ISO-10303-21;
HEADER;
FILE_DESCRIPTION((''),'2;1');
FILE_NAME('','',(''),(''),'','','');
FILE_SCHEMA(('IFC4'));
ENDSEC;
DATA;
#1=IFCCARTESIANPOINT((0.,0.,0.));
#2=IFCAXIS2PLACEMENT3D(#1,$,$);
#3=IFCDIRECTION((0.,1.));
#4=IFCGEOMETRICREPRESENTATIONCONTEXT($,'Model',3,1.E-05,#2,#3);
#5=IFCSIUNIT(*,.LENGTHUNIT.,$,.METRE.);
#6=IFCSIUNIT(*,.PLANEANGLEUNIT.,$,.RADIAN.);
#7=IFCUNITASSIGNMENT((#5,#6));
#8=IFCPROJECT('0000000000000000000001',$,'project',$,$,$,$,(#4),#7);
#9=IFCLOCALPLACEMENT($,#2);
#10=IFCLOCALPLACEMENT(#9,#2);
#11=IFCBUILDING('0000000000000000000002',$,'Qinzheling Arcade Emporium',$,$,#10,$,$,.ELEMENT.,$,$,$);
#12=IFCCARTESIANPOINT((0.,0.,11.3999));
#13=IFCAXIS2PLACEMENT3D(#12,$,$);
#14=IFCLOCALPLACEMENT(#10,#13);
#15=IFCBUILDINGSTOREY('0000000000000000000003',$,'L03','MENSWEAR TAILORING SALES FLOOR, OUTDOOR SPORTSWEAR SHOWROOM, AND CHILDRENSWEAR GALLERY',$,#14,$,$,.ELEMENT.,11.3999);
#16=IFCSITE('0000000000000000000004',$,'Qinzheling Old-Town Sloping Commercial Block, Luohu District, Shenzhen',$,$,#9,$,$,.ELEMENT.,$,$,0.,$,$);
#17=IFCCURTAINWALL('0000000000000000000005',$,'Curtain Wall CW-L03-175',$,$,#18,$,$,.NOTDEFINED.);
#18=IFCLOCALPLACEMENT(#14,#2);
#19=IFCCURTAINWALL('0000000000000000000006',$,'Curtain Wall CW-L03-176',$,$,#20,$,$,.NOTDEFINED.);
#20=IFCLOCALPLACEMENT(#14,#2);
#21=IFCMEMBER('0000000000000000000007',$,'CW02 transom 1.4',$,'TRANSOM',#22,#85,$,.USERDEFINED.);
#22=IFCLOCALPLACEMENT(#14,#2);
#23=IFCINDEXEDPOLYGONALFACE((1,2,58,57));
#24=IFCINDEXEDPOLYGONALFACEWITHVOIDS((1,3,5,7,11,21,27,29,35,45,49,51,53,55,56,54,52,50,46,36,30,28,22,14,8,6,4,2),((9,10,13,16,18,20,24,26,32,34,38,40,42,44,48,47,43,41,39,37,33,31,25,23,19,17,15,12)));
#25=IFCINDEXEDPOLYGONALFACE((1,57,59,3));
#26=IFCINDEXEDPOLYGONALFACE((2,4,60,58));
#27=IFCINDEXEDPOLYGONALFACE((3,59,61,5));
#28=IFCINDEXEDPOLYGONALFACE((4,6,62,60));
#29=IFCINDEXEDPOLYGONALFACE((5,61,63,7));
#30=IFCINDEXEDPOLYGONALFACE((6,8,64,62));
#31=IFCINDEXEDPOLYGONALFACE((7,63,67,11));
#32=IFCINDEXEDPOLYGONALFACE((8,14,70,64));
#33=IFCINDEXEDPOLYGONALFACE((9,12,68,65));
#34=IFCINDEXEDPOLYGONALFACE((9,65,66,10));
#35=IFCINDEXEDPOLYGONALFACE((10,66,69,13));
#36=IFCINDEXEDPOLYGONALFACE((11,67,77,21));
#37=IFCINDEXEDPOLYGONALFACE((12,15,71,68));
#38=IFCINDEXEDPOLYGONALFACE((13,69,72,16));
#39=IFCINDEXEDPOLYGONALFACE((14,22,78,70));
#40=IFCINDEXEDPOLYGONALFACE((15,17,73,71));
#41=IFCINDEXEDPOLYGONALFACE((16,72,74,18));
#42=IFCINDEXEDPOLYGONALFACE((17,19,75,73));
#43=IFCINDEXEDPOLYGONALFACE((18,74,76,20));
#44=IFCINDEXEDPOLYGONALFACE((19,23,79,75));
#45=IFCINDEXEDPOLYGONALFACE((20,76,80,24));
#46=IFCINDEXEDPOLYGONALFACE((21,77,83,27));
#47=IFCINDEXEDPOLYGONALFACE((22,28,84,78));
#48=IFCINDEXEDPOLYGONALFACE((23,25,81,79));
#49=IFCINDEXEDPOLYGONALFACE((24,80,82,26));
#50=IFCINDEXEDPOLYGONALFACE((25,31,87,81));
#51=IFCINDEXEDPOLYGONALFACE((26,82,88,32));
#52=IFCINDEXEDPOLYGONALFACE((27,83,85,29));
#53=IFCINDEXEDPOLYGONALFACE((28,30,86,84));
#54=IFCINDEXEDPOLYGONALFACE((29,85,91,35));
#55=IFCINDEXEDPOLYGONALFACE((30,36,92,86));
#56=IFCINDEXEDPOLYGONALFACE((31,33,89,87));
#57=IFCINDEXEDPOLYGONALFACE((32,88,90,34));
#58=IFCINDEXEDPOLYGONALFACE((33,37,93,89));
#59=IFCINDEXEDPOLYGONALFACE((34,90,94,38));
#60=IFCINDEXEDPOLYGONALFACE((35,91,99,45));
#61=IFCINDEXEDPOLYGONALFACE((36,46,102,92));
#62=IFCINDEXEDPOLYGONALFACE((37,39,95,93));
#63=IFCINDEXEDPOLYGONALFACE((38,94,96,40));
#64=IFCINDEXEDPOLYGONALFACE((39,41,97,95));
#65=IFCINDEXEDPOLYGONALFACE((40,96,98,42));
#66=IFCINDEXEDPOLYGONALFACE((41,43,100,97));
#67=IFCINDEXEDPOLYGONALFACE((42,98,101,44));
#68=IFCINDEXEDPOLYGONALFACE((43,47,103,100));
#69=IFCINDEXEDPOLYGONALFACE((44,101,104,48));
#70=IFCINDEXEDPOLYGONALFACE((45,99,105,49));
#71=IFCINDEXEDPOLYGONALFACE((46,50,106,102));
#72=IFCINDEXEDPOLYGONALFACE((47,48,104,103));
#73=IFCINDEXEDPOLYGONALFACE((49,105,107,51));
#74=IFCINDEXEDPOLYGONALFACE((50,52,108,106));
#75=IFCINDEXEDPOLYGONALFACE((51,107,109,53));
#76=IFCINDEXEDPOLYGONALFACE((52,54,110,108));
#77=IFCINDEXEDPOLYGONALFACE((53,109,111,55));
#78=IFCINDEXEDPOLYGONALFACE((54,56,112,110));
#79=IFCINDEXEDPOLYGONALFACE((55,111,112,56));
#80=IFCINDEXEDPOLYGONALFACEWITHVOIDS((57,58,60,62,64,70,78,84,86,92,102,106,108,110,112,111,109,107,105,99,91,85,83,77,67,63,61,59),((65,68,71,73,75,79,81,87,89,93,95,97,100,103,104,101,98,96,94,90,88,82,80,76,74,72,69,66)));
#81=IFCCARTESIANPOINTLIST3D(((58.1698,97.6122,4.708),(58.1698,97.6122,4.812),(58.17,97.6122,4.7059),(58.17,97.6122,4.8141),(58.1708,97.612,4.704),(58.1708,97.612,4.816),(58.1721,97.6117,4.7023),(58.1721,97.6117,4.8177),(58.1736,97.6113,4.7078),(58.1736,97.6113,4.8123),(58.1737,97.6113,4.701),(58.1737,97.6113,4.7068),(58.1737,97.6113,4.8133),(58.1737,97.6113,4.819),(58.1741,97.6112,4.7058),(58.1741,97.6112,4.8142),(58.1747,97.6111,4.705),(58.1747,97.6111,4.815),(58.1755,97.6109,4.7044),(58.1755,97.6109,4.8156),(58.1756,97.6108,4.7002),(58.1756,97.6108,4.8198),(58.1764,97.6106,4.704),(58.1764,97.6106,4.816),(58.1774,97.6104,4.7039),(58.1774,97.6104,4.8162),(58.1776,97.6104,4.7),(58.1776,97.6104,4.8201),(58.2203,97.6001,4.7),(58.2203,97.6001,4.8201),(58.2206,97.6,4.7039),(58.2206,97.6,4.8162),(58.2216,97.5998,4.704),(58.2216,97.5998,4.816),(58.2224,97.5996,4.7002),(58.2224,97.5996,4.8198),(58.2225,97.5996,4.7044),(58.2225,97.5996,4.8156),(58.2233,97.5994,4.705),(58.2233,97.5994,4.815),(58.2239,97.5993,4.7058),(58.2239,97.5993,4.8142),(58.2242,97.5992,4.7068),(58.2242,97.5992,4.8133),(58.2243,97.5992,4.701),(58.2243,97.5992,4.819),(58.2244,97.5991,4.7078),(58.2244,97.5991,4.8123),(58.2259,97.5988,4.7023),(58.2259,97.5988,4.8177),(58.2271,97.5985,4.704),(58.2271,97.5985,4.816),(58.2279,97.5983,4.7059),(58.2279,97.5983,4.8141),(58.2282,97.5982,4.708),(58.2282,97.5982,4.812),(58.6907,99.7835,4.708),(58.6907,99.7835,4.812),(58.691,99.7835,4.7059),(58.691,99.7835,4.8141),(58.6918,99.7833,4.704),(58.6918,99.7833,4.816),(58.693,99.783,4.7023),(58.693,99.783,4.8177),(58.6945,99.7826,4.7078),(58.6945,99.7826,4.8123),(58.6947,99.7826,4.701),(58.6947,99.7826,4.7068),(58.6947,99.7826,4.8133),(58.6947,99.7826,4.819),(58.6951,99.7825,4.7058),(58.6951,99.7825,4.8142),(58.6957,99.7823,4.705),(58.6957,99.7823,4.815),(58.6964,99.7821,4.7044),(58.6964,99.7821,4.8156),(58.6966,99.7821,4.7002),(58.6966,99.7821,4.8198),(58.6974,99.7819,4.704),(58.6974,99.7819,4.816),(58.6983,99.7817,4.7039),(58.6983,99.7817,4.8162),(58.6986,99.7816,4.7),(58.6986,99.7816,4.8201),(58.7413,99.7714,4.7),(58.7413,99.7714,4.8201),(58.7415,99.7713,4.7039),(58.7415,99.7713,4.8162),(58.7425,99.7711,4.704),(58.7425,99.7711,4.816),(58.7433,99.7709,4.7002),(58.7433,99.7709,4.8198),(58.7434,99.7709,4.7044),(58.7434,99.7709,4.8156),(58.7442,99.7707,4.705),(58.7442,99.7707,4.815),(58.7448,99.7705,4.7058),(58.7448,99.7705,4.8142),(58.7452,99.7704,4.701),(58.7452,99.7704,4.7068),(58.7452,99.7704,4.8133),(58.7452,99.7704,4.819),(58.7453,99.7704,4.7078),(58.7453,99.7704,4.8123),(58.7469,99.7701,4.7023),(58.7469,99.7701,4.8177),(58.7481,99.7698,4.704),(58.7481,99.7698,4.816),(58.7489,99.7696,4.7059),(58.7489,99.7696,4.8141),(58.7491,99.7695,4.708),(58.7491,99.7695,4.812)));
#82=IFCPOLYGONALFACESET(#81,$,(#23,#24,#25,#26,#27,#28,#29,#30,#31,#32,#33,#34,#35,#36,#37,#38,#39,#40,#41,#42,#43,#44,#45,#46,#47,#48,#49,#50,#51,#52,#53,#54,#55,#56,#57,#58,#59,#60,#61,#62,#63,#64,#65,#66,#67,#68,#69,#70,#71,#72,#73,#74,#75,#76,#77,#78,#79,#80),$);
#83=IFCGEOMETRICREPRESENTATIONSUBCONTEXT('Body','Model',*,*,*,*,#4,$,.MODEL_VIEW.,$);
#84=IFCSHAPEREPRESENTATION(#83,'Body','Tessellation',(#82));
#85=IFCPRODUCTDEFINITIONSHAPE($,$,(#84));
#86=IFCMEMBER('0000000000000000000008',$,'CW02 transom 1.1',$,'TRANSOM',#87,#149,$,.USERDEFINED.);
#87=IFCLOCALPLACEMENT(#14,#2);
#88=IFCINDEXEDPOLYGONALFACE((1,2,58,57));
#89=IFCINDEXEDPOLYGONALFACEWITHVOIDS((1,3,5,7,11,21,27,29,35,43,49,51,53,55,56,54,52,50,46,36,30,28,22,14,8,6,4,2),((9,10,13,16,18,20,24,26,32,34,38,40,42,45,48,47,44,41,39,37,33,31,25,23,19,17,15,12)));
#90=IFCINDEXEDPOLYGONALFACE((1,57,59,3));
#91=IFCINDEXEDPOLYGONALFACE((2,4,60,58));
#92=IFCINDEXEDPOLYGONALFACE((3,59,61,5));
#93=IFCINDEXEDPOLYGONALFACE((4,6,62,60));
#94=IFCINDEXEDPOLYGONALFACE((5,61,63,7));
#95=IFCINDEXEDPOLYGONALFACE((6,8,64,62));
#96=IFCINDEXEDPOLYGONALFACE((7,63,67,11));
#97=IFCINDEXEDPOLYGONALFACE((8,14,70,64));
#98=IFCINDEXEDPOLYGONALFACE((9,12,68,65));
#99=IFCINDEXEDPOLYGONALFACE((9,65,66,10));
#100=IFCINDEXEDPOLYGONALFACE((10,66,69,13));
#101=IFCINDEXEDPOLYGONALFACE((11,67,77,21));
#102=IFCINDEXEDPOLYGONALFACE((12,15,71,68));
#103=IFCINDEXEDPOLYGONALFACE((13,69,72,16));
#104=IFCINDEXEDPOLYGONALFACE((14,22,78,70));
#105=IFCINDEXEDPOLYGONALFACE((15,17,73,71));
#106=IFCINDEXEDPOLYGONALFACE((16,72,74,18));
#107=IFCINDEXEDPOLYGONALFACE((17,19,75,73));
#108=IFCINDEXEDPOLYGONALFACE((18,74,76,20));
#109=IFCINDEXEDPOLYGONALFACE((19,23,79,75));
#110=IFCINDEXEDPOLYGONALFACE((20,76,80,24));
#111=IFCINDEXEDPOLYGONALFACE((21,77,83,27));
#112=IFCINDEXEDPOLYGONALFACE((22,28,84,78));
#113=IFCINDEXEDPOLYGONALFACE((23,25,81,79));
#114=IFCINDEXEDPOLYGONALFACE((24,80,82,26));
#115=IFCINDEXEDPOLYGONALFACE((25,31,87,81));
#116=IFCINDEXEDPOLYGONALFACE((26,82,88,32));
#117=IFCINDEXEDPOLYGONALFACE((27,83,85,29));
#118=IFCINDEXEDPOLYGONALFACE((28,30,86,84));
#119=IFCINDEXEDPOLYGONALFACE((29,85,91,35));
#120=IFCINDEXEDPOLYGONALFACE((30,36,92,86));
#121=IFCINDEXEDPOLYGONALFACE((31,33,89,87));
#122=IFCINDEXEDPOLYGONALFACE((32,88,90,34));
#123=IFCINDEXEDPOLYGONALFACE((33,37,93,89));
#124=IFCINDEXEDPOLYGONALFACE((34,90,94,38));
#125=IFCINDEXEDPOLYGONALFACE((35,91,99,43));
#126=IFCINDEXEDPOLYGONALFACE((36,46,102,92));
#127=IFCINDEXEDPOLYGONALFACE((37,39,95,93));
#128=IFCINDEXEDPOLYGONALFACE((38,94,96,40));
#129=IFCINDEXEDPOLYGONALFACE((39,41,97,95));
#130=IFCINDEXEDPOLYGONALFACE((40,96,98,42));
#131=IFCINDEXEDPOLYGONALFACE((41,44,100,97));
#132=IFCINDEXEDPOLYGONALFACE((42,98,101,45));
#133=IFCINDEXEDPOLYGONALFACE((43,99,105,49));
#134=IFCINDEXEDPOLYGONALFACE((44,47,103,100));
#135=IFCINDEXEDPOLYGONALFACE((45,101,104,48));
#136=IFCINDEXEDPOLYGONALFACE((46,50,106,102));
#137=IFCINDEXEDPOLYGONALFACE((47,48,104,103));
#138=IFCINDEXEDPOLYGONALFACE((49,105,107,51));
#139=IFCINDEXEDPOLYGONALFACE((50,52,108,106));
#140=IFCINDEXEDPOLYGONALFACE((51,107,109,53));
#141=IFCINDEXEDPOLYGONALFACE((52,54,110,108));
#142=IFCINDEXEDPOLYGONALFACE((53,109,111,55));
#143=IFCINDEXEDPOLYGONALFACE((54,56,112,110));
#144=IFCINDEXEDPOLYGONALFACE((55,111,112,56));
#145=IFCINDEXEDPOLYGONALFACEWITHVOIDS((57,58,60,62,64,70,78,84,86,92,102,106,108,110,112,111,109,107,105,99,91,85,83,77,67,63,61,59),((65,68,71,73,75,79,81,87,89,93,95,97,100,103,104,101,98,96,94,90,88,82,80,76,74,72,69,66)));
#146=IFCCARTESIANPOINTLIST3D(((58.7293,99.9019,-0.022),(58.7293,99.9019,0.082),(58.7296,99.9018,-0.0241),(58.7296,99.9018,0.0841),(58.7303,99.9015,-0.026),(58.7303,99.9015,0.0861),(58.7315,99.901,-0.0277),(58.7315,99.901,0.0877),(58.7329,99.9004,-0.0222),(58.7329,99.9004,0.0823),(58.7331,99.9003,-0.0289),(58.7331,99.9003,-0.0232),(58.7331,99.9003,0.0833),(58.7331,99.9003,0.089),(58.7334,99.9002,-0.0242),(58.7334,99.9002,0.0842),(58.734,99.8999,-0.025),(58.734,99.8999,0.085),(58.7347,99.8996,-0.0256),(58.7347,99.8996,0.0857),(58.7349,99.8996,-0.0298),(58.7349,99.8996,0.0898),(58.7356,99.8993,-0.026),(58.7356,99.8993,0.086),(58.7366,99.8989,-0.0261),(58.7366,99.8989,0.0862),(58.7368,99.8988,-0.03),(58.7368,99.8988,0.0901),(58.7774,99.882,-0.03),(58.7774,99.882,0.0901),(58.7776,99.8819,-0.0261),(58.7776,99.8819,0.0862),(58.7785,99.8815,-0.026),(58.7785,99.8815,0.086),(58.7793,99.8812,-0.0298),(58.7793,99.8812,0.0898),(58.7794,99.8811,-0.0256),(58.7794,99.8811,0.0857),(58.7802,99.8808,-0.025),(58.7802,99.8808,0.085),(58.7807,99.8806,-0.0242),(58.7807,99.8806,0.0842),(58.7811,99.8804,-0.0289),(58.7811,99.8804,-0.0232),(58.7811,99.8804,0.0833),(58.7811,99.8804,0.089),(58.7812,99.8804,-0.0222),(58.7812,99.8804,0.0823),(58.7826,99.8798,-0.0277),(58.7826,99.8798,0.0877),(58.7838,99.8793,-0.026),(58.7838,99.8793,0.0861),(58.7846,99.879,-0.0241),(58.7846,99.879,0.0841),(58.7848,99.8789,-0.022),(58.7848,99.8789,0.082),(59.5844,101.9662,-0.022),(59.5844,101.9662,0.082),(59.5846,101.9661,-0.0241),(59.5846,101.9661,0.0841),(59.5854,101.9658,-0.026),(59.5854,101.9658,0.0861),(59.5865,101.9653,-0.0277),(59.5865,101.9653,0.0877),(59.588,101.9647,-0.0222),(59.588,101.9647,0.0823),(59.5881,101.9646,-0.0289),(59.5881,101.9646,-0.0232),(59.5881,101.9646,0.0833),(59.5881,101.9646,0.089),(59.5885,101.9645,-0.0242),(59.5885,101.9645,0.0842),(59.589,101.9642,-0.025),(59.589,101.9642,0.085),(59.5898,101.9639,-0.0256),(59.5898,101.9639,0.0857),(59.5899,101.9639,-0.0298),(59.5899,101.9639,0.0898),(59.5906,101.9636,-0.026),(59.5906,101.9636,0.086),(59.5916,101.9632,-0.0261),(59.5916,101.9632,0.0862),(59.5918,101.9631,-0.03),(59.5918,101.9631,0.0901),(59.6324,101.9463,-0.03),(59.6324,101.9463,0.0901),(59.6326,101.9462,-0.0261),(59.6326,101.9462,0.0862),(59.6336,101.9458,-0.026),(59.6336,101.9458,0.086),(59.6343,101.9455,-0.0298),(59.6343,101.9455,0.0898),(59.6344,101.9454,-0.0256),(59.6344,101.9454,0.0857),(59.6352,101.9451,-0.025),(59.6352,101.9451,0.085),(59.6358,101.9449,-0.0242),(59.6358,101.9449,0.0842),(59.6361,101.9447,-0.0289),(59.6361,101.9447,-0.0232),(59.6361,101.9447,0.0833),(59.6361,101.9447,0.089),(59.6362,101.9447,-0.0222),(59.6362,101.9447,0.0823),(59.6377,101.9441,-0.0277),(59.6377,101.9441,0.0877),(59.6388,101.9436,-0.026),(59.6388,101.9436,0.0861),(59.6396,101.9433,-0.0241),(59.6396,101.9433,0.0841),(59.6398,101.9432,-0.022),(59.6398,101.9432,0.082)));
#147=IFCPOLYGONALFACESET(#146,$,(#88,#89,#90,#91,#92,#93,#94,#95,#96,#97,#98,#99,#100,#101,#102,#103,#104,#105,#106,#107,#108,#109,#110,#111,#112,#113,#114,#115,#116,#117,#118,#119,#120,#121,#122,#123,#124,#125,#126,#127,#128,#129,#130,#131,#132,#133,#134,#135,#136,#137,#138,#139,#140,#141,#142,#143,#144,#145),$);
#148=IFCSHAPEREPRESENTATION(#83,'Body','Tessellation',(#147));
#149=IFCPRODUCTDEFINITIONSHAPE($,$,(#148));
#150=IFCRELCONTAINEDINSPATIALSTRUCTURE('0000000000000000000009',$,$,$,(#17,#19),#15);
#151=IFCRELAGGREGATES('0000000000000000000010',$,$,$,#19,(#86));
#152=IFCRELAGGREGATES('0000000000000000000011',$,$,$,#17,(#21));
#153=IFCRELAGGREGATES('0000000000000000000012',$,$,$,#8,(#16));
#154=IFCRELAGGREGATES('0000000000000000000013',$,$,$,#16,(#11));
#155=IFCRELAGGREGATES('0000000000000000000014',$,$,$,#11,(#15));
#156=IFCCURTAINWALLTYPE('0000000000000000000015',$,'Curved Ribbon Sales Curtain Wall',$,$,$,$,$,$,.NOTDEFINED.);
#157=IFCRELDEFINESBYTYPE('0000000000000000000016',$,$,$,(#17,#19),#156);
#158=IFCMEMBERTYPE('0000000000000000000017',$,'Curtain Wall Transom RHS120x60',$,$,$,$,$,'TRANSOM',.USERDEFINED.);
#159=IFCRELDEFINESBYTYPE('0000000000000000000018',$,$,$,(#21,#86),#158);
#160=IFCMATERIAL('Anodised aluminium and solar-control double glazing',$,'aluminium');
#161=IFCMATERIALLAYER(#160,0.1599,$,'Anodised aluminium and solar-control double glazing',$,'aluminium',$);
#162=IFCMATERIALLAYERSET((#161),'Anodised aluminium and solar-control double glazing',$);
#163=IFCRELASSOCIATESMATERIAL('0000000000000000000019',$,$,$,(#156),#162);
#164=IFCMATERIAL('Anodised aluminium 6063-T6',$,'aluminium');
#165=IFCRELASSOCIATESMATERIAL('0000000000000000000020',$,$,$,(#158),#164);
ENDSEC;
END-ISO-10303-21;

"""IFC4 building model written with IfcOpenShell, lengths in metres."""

from ifc_helpers import new_model, si_unit, direction, frame, origin, origin_2d, place, context, subcontext, project, spatial, hollow_rectangle, extrude, material, layer, layer_set, material_profile, profile_set, type_object, element, aggregate, save


model = new_model("IFC4")

# Units and contexts
model_context = context("Model", 3, precision=1e-05, world=origin(), true_north=direction((0.0, 1.0)))
body_context = subcontext(model_context, "Body", "Model", "MODEL_VIEW")
ifc_project = project(units=[si_unit("LENGTHUNIT", "METRE"), si_unit("PLANEANGLEUNIT", "RADIAN")], contexts=[model_context])

# Site, building, storey
site_placement = place(None, origin())
site = spatial("IfcSite", under=ifc_project, at=site_placement, Name="Qinzheling Old-Town Sloping Commercial Block, Luohu District, Shenzhen", CompositionType="ELEMENT", RefElevation=0.0)
building_placement = place(site_placement, origin())
building = spatial("IfcBuilding", under=site, at=building_placement, Name="Qinzheling Arcade Emporium", CompositionType="ELEMENT")
storey_placement = place(building_placement, frame((0.0, 0.0, 11.3999)))
storey = spatial("IfcBuildingStorey", under=building, at=storey_placement, Name="L03", Description="MENSWEAR TAILORING SALES FLOOR, OUTDOOR SPORTSWEAR SHOWROOM, AND CHILDRENSWEAR GALLERY", CompositionType="ELEMENT", Elevation=11.3999)

# Curtain wall
ifc_material_1 = material(Name="Anodised aluminium and solar-control double glazing", Category="aluminium")
ifc_layer_1 = layer(ifc_material_1, 0.1599, Name="Anodised aluminium and solar-control double glazing", Category="aluminium")
ifc_layer_set_1 = layer_set([ifc_layer_1], Name="Anodised aluminium and solar-control double glazing")
curtain_wall_type = type_object("IfcCurtainWallType", Name="Curved Ribbon Sales Curtain Wall", PredefinedType="NOTDEFINED", material=ifc_layer_set_1)
curtain_wall_1_placement = place(storey_placement, origin())
curtain_wall_1 = element("IfcCurtainWall", 1, at=curtain_wall_1_placement, inside=storey, type_object=curtain_wall_type, Name="Curtain Wall CW-L03-175", PredefinedType="NOTDEFINED")
ifc_material_2 = material(Name="Anodised aluminium 6063-T6", Category="aluminium")

# Curtain wall
curtain_wall_2_placement = place(storey_placement, origin())
curtain_wall_2 = element("IfcCurtainWall", 2, at=curtain_wall_2_placement, inside=storey, type_object=curtain_wall_type, Name="Curtain Wall CW-L03-176", PredefinedType="NOTDEFINED")

# Members
ifc_material_profile_1 = material_profile(ifc_material_2, hollow_rectangle(XDim=0.0601, YDim=0.1201, WallThickness=0.0039, InnerFilletRadius=0.0039, OuterFilletRadius=0.0081, at=origin_2d()), Name="RHS 120x60x4", Category="aluminium")
ifc_profile_set_1 = profile_set([ifc_material_profile_1], Name="Anodised aluminium 6063-T6")
member_type_1 = type_object("IfcMemberType", Name="Curtain Wall Transom RHS120x60", ElementType="TRANSOM", PredefinedType="USERDEFINED", material=ifc_profile_set_1)
member_1_placement = place(storey_placement, frame((58.199, 97.6052, 4.76), z_axis=(0.233315, 0.972401, 0.0), x_axis=(-0.972401, 0.233315, 0.0)))
member_1 = element("IfcMember", 3, at=member_1_placement, type_object=member_type_1, Name="CW02 transom 1.4", ObjectType="TRANSOM", PredefinedType="USERDEFINED", context=body_context, shape_type="SweptSolid", body=[
    extrude(hollow_rectangle(XDim=0.0601, YDim=0.1201, WallThickness=0.0039, InnerFilletRadius=0.0039, OuterFilletRadius=0.0081, at=origin_2d()), origin(), (0.0, 0.0, 1.0), 2.2329),
])
member_2_placement = place(storey_placement, frame((58.7571, 99.8904, 0.03), z_axis=(0.382667, 0.923886, 0.0), x_axis=(-0.923886, 0.382667, 0.0)))
member_2 = element("IfcMember", 4, at=member_2_placement, type_object=member_type_1, Name="CW02 transom 1.1", ObjectType="TRANSOM", PredefinedType="USERDEFINED", context=body_context, shape_type="SweptSolid", body=[
    extrude(hollow_rectangle(XDim=0.0601, YDim=0.1201, WallThickness=0.0039, InnerFilletRadius=0.0039, OuterFilletRadius=0.0081, at=origin_2d()), origin(), (0.0, 0.0, 1.0), 2.2344),
])
aggregate(curtain_wall_2, [member_2])

aggregate(curtain_wall_1, [member_1])

save(model, "model.ifc")
